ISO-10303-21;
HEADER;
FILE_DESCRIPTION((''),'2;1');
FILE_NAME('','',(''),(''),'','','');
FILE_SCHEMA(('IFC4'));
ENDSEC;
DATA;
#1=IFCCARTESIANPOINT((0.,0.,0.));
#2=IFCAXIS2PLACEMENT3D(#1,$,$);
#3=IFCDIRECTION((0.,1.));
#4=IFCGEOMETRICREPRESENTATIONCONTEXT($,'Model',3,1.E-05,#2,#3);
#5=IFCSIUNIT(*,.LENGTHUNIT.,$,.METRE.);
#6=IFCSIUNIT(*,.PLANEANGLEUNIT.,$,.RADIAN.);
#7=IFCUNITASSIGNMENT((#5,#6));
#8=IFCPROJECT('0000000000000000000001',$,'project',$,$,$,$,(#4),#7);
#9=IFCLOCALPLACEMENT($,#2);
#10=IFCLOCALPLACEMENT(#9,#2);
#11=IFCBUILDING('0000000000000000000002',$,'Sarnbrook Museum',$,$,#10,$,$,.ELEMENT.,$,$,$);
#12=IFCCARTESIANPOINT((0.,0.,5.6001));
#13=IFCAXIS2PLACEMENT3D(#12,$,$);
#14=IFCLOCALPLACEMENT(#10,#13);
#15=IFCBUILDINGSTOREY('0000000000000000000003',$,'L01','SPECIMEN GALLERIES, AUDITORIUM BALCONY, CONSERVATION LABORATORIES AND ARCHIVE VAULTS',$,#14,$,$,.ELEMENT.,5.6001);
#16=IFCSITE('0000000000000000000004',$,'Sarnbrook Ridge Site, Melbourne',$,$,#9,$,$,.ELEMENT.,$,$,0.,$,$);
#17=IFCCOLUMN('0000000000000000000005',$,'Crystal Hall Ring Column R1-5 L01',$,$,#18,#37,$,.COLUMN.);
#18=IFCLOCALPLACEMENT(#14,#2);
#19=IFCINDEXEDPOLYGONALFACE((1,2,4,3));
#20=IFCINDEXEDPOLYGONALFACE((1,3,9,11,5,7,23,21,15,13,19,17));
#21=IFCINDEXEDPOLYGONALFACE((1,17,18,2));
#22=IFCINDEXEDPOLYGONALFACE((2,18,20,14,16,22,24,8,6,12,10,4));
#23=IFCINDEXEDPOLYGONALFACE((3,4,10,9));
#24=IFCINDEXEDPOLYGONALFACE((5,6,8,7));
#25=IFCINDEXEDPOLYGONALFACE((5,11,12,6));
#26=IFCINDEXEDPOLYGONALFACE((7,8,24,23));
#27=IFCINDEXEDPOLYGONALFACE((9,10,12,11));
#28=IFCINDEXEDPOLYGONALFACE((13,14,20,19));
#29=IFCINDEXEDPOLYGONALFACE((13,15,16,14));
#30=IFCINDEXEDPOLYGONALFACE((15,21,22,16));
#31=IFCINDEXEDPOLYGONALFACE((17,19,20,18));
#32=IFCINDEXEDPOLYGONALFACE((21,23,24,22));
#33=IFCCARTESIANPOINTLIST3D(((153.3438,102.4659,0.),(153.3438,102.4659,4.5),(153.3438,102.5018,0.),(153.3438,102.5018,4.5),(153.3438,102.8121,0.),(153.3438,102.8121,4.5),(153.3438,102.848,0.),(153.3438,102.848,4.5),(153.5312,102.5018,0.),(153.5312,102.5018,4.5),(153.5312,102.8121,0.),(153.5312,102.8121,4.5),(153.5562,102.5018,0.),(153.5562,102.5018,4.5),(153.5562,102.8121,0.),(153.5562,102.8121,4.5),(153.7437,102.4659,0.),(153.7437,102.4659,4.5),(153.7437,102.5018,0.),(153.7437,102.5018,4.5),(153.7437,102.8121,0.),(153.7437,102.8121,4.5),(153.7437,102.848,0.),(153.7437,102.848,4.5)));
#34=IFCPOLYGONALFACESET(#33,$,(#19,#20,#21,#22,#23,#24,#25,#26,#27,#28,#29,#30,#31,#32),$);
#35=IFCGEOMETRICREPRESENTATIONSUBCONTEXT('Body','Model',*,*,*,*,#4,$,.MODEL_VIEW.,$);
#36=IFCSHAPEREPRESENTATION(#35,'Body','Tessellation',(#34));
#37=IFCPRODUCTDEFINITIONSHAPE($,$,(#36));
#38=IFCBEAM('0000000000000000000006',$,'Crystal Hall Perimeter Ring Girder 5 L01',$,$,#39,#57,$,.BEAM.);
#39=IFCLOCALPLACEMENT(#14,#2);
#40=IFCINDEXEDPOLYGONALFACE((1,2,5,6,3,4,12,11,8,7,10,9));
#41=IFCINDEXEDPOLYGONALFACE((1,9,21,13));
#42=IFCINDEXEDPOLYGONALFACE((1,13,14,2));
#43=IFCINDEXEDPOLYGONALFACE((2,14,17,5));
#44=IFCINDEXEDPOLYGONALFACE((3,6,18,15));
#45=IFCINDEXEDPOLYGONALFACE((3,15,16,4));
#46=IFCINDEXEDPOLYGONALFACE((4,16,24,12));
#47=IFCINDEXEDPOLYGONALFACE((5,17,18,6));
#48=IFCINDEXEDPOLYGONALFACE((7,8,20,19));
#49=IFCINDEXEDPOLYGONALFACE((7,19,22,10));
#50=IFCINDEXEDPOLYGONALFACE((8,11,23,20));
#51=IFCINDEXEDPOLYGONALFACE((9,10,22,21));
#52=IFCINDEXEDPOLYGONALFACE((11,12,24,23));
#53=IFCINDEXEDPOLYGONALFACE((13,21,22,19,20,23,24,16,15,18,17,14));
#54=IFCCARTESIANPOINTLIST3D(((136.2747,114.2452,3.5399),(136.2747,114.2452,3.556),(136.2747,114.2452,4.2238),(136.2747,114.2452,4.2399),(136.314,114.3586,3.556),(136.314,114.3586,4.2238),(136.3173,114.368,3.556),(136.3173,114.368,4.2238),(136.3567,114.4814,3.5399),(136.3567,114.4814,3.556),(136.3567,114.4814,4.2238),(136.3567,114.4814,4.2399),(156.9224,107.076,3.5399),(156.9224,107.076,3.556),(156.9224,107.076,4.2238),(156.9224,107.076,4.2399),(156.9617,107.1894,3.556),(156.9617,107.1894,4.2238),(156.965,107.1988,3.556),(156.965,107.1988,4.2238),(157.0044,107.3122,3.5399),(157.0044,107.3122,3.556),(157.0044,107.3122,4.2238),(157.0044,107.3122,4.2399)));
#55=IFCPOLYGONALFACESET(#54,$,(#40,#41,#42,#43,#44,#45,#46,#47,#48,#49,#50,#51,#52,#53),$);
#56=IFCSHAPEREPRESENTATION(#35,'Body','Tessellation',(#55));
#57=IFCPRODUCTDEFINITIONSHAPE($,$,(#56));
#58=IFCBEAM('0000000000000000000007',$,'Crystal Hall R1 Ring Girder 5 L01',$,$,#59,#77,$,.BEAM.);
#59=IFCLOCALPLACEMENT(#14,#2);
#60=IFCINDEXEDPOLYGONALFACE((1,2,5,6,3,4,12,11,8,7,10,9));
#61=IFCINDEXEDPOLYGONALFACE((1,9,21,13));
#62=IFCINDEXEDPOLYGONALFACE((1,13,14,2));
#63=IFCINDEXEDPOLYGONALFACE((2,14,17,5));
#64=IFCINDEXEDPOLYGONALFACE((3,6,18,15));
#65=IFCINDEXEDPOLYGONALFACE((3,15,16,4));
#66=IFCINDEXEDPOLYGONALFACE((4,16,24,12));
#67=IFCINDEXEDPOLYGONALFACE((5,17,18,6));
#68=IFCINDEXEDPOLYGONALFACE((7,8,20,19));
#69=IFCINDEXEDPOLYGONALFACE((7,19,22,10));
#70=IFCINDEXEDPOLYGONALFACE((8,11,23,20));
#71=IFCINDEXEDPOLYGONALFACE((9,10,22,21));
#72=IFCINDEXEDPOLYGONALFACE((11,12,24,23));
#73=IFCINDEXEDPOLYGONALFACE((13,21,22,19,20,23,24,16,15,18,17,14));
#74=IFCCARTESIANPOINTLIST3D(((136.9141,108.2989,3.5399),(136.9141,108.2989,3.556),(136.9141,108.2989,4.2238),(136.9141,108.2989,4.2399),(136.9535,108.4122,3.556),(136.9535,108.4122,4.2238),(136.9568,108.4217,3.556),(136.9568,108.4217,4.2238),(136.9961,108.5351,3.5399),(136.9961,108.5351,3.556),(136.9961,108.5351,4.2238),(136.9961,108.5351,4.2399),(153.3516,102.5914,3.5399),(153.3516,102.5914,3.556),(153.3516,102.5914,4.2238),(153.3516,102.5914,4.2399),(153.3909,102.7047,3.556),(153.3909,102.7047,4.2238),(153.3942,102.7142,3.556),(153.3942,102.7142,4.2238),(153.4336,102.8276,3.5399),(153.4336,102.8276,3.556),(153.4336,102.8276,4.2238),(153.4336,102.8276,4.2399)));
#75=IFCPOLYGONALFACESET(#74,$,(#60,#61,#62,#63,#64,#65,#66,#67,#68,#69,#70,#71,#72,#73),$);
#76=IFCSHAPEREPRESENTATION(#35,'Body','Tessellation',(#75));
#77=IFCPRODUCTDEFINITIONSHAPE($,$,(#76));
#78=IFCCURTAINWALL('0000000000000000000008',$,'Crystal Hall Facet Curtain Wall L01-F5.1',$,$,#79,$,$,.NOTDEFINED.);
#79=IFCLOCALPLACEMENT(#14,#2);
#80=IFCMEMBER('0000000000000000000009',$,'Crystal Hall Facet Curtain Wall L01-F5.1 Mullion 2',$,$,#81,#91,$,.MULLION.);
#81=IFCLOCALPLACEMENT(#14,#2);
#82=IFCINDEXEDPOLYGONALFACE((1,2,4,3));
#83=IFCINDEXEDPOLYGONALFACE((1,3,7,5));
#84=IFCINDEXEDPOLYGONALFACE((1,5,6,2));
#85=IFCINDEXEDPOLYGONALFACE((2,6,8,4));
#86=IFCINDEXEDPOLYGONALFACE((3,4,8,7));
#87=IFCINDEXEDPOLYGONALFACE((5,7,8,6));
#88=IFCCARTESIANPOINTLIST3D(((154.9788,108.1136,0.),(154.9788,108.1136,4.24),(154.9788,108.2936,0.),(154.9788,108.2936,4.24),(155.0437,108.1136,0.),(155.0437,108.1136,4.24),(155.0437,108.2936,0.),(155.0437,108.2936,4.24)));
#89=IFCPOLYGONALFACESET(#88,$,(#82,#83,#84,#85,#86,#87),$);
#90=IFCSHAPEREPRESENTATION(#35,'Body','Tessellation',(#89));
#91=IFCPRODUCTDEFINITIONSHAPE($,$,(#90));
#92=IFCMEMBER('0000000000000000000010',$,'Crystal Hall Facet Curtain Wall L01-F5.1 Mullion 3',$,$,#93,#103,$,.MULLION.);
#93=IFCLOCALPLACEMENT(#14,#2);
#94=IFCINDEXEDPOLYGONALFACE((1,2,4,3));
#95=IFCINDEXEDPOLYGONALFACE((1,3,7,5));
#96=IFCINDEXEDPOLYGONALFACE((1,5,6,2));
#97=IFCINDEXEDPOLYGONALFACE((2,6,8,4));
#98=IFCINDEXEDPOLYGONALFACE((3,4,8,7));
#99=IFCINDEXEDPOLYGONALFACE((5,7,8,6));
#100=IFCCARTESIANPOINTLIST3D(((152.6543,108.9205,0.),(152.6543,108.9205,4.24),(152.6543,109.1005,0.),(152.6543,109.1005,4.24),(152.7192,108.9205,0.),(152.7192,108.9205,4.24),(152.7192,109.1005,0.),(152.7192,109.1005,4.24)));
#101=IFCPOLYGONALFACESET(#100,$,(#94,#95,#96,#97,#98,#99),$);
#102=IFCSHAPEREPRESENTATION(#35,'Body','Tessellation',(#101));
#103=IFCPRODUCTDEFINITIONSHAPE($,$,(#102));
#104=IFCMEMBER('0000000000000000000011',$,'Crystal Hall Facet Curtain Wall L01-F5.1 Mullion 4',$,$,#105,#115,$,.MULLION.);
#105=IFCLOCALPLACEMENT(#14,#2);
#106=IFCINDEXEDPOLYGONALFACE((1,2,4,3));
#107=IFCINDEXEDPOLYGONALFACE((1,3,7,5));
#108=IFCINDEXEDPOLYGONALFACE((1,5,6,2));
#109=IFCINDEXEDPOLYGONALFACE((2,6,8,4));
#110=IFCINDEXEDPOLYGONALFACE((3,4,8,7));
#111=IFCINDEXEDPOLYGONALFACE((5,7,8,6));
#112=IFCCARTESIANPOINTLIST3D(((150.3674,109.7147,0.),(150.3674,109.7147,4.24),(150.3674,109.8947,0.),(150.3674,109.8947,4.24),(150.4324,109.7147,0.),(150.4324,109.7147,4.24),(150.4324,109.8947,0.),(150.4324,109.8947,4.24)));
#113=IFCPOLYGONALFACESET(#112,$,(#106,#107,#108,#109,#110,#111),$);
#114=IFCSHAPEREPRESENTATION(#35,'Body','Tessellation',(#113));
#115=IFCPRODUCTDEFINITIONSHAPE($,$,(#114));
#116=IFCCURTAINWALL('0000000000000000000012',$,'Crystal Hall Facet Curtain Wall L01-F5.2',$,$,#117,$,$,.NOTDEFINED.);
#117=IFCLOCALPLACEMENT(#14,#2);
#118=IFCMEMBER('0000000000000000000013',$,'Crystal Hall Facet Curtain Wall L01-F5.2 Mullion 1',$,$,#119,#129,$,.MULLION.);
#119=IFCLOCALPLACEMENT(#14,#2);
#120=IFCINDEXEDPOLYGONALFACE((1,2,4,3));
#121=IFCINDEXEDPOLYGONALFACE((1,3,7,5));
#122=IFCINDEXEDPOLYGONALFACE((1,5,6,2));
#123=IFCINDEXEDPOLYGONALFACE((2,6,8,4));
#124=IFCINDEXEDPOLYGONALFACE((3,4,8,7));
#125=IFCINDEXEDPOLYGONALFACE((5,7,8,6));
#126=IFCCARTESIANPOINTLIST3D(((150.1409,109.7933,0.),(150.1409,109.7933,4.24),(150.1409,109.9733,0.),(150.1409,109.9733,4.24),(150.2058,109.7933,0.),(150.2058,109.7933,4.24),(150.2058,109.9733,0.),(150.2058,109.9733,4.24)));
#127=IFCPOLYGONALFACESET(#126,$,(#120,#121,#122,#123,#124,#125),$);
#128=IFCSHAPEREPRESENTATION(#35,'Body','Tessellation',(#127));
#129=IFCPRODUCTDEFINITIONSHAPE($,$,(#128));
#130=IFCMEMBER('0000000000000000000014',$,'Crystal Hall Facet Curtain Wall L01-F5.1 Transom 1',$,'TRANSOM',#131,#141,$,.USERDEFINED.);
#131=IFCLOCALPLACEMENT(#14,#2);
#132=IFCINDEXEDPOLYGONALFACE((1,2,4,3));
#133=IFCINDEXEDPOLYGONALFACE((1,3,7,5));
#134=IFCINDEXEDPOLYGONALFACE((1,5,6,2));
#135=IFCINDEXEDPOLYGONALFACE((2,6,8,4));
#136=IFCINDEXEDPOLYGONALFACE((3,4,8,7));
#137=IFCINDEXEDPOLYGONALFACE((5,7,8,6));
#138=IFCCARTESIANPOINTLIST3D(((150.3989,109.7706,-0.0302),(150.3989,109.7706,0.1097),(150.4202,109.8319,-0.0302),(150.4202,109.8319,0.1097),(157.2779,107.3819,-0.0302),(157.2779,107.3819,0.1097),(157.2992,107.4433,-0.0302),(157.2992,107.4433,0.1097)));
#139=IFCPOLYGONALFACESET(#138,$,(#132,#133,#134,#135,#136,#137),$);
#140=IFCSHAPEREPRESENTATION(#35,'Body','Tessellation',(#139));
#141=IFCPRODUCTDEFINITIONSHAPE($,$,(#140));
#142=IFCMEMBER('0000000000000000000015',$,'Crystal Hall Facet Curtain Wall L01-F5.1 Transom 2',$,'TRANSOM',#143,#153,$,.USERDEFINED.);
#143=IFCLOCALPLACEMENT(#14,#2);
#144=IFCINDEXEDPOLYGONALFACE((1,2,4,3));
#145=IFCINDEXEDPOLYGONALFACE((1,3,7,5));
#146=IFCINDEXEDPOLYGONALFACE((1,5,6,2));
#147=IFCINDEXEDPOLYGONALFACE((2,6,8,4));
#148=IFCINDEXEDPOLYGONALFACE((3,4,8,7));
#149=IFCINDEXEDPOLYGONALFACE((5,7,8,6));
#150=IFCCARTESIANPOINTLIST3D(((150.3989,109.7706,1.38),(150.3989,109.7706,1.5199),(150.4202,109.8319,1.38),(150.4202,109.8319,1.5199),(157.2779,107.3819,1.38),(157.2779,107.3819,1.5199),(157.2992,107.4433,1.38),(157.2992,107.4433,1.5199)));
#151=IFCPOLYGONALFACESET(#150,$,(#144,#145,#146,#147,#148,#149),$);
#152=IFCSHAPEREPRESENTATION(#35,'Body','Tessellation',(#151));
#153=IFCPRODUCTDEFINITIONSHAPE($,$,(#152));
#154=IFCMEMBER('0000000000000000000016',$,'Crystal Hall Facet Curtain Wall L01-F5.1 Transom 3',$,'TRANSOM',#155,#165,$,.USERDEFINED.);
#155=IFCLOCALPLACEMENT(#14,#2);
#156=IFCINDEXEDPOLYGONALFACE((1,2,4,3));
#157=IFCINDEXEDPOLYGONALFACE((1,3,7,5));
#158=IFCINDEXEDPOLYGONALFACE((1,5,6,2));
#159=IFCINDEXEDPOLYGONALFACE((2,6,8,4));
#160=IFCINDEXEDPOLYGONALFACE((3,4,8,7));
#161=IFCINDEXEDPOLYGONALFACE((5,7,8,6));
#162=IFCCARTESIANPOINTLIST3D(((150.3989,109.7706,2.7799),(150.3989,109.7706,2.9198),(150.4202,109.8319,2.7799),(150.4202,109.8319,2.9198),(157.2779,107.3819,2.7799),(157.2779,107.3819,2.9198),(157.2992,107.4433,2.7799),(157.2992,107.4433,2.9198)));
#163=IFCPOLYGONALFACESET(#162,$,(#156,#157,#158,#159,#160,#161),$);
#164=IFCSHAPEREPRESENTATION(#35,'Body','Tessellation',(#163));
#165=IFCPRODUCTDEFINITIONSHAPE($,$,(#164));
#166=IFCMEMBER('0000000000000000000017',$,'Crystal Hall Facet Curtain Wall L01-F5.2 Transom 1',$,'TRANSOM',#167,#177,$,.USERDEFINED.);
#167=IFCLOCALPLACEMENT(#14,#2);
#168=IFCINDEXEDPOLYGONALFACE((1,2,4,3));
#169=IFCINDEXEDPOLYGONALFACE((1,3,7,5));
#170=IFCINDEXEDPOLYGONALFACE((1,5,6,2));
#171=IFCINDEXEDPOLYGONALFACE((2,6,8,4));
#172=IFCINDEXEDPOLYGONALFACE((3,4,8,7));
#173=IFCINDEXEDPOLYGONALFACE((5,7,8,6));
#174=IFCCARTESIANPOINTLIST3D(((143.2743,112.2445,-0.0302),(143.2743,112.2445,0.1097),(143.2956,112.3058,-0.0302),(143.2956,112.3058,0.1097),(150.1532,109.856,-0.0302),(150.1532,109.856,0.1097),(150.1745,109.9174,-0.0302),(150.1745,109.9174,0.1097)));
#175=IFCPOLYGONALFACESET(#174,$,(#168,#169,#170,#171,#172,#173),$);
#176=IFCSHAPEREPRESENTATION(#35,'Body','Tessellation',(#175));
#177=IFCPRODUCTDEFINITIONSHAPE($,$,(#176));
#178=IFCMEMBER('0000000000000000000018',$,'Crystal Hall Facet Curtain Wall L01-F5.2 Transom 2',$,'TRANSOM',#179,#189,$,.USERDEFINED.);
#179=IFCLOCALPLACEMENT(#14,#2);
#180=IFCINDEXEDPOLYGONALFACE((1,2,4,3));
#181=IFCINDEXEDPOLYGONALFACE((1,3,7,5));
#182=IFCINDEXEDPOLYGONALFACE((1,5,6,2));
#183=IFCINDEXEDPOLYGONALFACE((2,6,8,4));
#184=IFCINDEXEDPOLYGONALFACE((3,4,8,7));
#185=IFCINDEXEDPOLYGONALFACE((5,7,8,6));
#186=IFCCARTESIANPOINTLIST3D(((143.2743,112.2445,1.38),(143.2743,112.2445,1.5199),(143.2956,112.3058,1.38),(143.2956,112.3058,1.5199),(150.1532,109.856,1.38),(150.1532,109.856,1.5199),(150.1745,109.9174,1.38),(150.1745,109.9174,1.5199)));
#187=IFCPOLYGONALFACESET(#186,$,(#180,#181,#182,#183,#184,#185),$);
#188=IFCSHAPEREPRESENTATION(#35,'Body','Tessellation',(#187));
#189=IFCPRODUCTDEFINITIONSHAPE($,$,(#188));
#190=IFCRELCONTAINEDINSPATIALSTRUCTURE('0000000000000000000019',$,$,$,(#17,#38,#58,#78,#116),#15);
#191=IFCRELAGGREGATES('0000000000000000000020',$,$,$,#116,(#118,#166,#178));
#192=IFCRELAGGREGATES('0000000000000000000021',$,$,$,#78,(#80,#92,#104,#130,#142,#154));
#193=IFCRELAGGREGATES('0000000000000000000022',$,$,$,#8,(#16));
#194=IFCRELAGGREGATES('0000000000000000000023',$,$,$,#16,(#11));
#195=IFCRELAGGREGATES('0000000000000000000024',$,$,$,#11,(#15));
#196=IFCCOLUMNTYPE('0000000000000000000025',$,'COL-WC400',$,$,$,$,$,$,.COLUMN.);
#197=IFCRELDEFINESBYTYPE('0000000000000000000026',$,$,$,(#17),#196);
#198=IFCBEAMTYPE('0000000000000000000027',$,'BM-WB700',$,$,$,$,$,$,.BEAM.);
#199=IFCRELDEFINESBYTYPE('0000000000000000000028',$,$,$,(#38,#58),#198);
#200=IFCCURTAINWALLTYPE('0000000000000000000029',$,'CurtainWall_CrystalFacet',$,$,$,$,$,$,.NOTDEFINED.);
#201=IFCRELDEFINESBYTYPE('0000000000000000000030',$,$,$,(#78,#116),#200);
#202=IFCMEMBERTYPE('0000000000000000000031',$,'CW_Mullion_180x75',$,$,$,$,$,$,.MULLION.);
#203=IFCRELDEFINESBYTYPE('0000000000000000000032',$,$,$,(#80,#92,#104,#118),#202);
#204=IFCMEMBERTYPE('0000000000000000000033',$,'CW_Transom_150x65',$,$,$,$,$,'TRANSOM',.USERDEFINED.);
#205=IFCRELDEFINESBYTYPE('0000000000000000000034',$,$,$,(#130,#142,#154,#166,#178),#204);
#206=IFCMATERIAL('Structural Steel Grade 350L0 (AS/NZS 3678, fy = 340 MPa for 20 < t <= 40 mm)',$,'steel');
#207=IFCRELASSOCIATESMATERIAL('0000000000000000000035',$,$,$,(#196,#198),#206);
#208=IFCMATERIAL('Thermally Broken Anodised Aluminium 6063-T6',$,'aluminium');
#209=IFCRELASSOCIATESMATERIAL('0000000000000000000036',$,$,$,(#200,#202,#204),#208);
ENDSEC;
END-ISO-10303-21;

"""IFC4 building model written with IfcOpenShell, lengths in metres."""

from ifc_helpers import new_model, si_unit, direction, frame, origin, origin_2d, place, context, subcontext, project, spatial, rectangle, i_section, extrude, material, material_profile, profile_set, type_object, element, aggregate, save


model = new_model("IFC4")

# Units and contexts
model_context = context("Model", 3, precision=1e-05, world=origin(), true_north=direction((0.0, 1.0)))
body_context = subcontext(model_context, "Body", "Model", "MODEL_VIEW")
ifc_project = project(units=[si_unit("LENGTHUNIT", "METRE"), si_unit("PLANEANGLEUNIT", "RADIAN")], contexts=[model_context])

# Site, building, storey
site_placement = place(None, origin())
site = spatial("IfcSite", under=ifc_project, at=site_placement, Name="Sarnbrook Ridge Site, Melbourne", CompositionType="ELEMENT", RefElevation=0.0)
building_placement = place(site_placement, origin())
building = spatial("IfcBuilding", under=site, at=building_placement, Name="Sarnbrook Museum", CompositionType="ELEMENT")
storey_placement = place(building_placement, frame((0.0, 0.0, 5.6001)))
storey = spatial("IfcBuildingStorey", under=building, at=storey_placement, Name="L01", Description="SPECIMEN GALLERIES, AUDITORIUM BALCONY, CONSERVATION LABORATORIES AND ARCHIVE VAULTS", CompositionType="ELEMENT", Elevation=5.6001)

# Column
ifc_material_1 = material(Name="Structural Steel Grade 350L0 (AS/NZS 3678, fy = 340 MPa for 20 < t <= 40 mm)", Category="steel")
ifc_material_profile_1 = material_profile(ifc_material_1, i_section(OverallWidth=0.3999, OverallDepth=0.3821, WebThickness=0.0249, FlangeThickness=0.0359, at=origin_2d()), Name="400WC270")
ifc_profile_set_1 = profile_set([ifc_material_profile_1], Name="Structural Steel Grade 350L0 (AS/NZS 3678, fy = 340 MPa for 20 < t <= 40 mm)")
column_type = type_object("IfcColumnType", Name="COL-WC400", PredefinedType="COLUMN", material=ifc_profile_set_1)
column_placement = place(storey_placement, frame((153.5437, 102.657, 0.0), z_axis=(0.0, 0.0, 1.0), x_axis=(1.0, 0.0, 0.0)))
element("IfcColumn", 1, at=column_placement, inside=storey, type_object=column_type, Name="Crystal Hall Ring Column R1-5 L01", PredefinedType="COLUMN", context=body_context, shape_type="SweptSolid", body=[
    extrude(i_section(OverallWidth=0.3999, OverallDepth=0.3821, WebThickness=0.0249, FlangeThickness=0.0359, at=origin_2d()), origin(), (0.0, 0.0, 1.0), 4.5),
])

# Beams
ifc_material_profile_2 = material_profile(ifc_material_1, i_section(OverallWidth=0.25, OverallDepth=0.7, WebThickness=0.01, FlangeThickness=0.0161, at=origin_2d()), Name="700WB130")
ifc_profile_set_2 = profile_set([ifc_material_profile_2], Name="Structural Steel Grade 350L0 (AS/NZS 3678, fy = 340 MPa for 20 < t <= 40 mm)")
beam_type_1 = type_object("IfcBeamType", Name="BM-WB700", PredefinedType="BEAM", material=ifc_profile_set_2)
beam_1_placement = place(storey_placement, frame((156.9634, 107.1941, 3.8899), z_axis=(-0.944676, 0.328005, 0.0), x_axis=(-0.328005, -0.944676, 0.0)))
element("IfcBeam", 2, at=beam_1_placement, inside=storey, type_object=beam_type_1, Name="Crystal Hall Perimeter Ring Girder 5 L01", PredefinedType="BEAM", context=body_context, shape_type="SweptSolid", body=[
    extrude(i_section(OverallWidth=0.25, OverallDepth=0.7, WebThickness=0.01, FlangeThickness=0.0161, at=origin_2d()), origin(), (0.0, 0.0, 1.0), 21.8569),
])
beam_2_placement = place(storey_placement, frame((153.3926, 102.7095, 3.8899), z_axis=(-0.944673, 0.328014, 0.0), x_axis=(-0.328014, -0.944673, 0.0)))
element("IfcBeam", 3, at=beam_2_placement, inside=storey, type_object=beam_type_1, Name="Crystal Hall R1 Ring Girder 5 L01", PredefinedType="BEAM", context=body_context, shape_type="SweptSolid", body=[
    extrude(i_section(OverallWidth=0.25, OverallDepth=0.7, WebThickness=0.01, FlangeThickness=0.0161, at=origin_2d()), origin(), (0.0, 0.0, 1.0), 17.4001),
])

# Curtain wall, members
ifc_material_2 = material(Name="Thermally Broken Anodised Aluminium 6063-T6", Category="aluminium")
curtain_wall_type = type_object("IfcCurtainWallType", Name="CurtainWall_CrystalFacet", PredefinedType="NOTDEFINED", material=ifc_material_2)
curtain_wall_1_placement = place(storey_placement, origin())
curtain_wall_1 = element("IfcCurtainWall", 4, at=curtain_wall_1_placement, inside=storey, type_object=curtain_wall_type, Name="Crystal Hall Facet Curtain Wall L01-F5.1", PredefinedType="NOTDEFINED")
ifc_material_profile_3 = material_profile(ifc_material_2, rectangle(XDim=0.0649, YDim=0.1799, at=origin_2d()), Name="ALU MULLION 65x180")
ifc_profile_set_3 = profile_set([ifc_material_profile_3], Name="Thermally Broken Anodised Aluminium 6063-T6")
member_type_1 = type_object("IfcMemberType", Name="CW_Mullion_180x75", PredefinedType="MULLION", material=ifc_profile_set_3)
member_1_placement = place(storey_placement, frame((155.0112, 108.2036, 0.0), z_axis=(0.0, 0.0, 1.0), x_axis=(1.0, 0.0, 0.0)))
member_1 = element("IfcMember", 5, at=member_1_placement, type_object=member_type_1, Name="Crystal Hall Facet Curtain Wall L01-F5.1 Mullion 2", PredefinedType="MULLION", context=body_context, shape_type="SweptSolid", body=[
    extrude(rectangle(XDim=0.0649, YDim=0.1799, at=origin_2d()), origin(), (0.0, 0.0, 1.0), 4.24),
])
member_2_placement = place(storey_placement, frame((152.6868, 109.0105, 0.0), z_axis=(0.0, 0.0, 1.0), x_axis=(1.0, 0.0, 0.0)))
member_2 = element("IfcMember", 6, at=member_2_placement, type_object=member_type_1, Name="Crystal Hall Facet Curtain Wall L01-F5.1 Mullion 3", PredefinedType="MULLION", context=body_context, shape_type="SweptSolid", body=[
    extrude(rectangle(XDim=0.0649, YDim=0.1799, at=origin_2d()), origin(), (0.0, 0.0, 1.0), 4.24),
])
member_3_placement = place(storey_placement, frame((150.3999, 109.8047, 0.0), z_axis=(0.0, 0.0, 1.0), x_axis=(1.0, 0.0, 0.0)))
member_3 = element("IfcMember", 7, at=member_3_placement, type_object=member_type_1, Name="Crystal Hall Facet Curtain Wall L01-F5.1 Mullion 4", PredefinedType="MULLION", context=body_context, shape_type="SweptSolid", body=[
    extrude(rectangle(XDim=0.0649, YDim=0.1799, at=origin_2d()), origin(), (0.0, 0.0, 1.0), 4.24),
])

# Curtain wall, member
curtain_wall_2_placement = place(storey_placement, origin())
curtain_wall_2 = element("IfcCurtainWall", 8, at=curtain_wall_2_placement, inside=storey, type_object=curtain_wall_type, Name="Crystal Hall Facet Curtain Wall L01-F5.2", PredefinedType="NOTDEFINED")
member_4_placement = place(storey_placement, frame((150.1733, 109.8833, 0.0), z_axis=(0.0, 0.0, 1.0), x_axis=(1.0, 0.0, 0.0)))
member_4 = element("IfcMember", 9, at=member_4_placement, type_object=member_type_1, Name="Crystal Hall Facet Curtain Wall L01-F5.2 Mullion 1", PredefinedType="MULLION", context=body_context, shape_type="SweptSolid", body=[
    extrude(rectangle(XDim=0.0649, YDim=0.1799, at=origin_2d()), origin(), (0.0, 0.0, 1.0), 4.24),
])

# Members
ifc_material_profile_4 = material_profile(ifc_material_2, rectangle(XDim=0.0649, YDim=0.1399, at=origin_2d()), Name="ALU TRANSOM 65x140")
ifc_profile_set_4 = profile_set([ifc_material_profile_4], Name="Thermally Broken Anodised Aluminium 6063-T6")
member_type_2 = type_object("IfcMemberType", Name="CW_Transom_150x65", ElementType="TRANSOM", PredefinedType="USERDEFINED", material=ifc_profile_set_4)
member_5_placement = place(storey_placement, frame((157.2886, 107.4126, 0.0398), z_axis=(-0.94467, 0.328021, 0.0), x_axis=(-0.328021, -0.94467, 0.0)))
member_5 = element("IfcMember", 10, at=member_5_placement, type_object=member_type_2, Name="Crystal Hall Facet Curtain Wall L01-F5.1 Transom 1", ObjectType="TRANSOM", PredefinedType="USERDEFINED", context=body_context, shape_type="SweptSolid", body=[
    extrude(rectangle(XDim=0.0649, YDim=0.1399, at=origin_2d()), origin(), (0.0, 0.0, 1.0), 7.282),
])
member_6_placement = place(storey_placement, frame((157.2886, 107.4126, 1.45), z_axis=(-0.94467, 0.328021, 0.0), x_axis=(-0.328021, -0.94467, 0.0)))
member_6 = element("IfcMember", 11, at=member_6_placement, type_object=member_type_2, Name="Crystal Hall Facet Curtain Wall L01-F5.1 Transom 2", ObjectType="TRANSOM", PredefinedType="USERDEFINED", context=body_context, shape_type="SweptSolid", body=[
    extrude(rectangle(XDim=0.0649, YDim=0.1399, at=origin_2d()), origin(), (0.0, 0.0, 1.0), 7.282),
])
member_7_placement = place(storey_placement, frame((157.2886, 107.4126, 2.8499), z_axis=(-0.94467, 0.328021, 0.0), x_axis=(-0.328021, -0.94467, 0.0)))
member_7 = element("IfcMember", 12, at=member_7_placement, type_object=member_type_2, Name="Crystal Hall Facet Curtain Wall L01-F5.1 Transom 3", ObjectType="TRANSOM", PredefinedType="USERDEFINED", context=body_context, shape_type="SweptSolid", body=[
    extrude(rectangle(XDim=0.0649, YDim=0.1399, at=origin_2d()), origin(), (0.0, 0.0, 1.0), 7.282),
])
member_8_placement = place(storey_placement, frame((150.1638, 109.8867, 0.0398), z_axis=(-0.944677, 0.328002, 0.0), x_axis=(-0.328002, -0.944677, 0.0)))
member_8 = element("IfcMember", 13, at=member_8_placement, type_object=member_type_2, Name="Crystal Hall Facet Curtain Wall L01-F5.2 Transom 1", ObjectType="TRANSOM", PredefinedType="USERDEFINED", context=body_context, shape_type="SweptSolid", body=[
    extrude(rectangle(XDim=0.0649, YDim=0.1399, at=origin_2d()), origin(), (0.0, 0.0, 1.0), 7.2817),
])
member_9_placement = place(storey_placement, frame((150.1638, 109.8867, 1.45), z_axis=(-0.944677, 0.328002, 0.0), x_axis=(-0.328002, -0.944677, 0.0)))
member_9 = element("IfcMember", 14, at=member_9_placement, type_object=member_type_2, Name="Crystal Hall Facet Curtain Wall L01-F5.2 Transom 2", ObjectType="TRANSOM", PredefinedType="USERDEFINED", context=body_context, shape_type="SweptSolid", body=[
    extrude(rectangle(XDim=0.0649, YDim=0.1399, at=origin_2d()), origin(), (0.0, 0.0, 1.0), 7.2817),
])

aggregate(curtain_wall_2, [member_4, member_8, member_9])
aggregate(curtain_wall_1, [member_1, member_2, member_3, member_5, member_6, member_7])

save(model, "model.ifc")
